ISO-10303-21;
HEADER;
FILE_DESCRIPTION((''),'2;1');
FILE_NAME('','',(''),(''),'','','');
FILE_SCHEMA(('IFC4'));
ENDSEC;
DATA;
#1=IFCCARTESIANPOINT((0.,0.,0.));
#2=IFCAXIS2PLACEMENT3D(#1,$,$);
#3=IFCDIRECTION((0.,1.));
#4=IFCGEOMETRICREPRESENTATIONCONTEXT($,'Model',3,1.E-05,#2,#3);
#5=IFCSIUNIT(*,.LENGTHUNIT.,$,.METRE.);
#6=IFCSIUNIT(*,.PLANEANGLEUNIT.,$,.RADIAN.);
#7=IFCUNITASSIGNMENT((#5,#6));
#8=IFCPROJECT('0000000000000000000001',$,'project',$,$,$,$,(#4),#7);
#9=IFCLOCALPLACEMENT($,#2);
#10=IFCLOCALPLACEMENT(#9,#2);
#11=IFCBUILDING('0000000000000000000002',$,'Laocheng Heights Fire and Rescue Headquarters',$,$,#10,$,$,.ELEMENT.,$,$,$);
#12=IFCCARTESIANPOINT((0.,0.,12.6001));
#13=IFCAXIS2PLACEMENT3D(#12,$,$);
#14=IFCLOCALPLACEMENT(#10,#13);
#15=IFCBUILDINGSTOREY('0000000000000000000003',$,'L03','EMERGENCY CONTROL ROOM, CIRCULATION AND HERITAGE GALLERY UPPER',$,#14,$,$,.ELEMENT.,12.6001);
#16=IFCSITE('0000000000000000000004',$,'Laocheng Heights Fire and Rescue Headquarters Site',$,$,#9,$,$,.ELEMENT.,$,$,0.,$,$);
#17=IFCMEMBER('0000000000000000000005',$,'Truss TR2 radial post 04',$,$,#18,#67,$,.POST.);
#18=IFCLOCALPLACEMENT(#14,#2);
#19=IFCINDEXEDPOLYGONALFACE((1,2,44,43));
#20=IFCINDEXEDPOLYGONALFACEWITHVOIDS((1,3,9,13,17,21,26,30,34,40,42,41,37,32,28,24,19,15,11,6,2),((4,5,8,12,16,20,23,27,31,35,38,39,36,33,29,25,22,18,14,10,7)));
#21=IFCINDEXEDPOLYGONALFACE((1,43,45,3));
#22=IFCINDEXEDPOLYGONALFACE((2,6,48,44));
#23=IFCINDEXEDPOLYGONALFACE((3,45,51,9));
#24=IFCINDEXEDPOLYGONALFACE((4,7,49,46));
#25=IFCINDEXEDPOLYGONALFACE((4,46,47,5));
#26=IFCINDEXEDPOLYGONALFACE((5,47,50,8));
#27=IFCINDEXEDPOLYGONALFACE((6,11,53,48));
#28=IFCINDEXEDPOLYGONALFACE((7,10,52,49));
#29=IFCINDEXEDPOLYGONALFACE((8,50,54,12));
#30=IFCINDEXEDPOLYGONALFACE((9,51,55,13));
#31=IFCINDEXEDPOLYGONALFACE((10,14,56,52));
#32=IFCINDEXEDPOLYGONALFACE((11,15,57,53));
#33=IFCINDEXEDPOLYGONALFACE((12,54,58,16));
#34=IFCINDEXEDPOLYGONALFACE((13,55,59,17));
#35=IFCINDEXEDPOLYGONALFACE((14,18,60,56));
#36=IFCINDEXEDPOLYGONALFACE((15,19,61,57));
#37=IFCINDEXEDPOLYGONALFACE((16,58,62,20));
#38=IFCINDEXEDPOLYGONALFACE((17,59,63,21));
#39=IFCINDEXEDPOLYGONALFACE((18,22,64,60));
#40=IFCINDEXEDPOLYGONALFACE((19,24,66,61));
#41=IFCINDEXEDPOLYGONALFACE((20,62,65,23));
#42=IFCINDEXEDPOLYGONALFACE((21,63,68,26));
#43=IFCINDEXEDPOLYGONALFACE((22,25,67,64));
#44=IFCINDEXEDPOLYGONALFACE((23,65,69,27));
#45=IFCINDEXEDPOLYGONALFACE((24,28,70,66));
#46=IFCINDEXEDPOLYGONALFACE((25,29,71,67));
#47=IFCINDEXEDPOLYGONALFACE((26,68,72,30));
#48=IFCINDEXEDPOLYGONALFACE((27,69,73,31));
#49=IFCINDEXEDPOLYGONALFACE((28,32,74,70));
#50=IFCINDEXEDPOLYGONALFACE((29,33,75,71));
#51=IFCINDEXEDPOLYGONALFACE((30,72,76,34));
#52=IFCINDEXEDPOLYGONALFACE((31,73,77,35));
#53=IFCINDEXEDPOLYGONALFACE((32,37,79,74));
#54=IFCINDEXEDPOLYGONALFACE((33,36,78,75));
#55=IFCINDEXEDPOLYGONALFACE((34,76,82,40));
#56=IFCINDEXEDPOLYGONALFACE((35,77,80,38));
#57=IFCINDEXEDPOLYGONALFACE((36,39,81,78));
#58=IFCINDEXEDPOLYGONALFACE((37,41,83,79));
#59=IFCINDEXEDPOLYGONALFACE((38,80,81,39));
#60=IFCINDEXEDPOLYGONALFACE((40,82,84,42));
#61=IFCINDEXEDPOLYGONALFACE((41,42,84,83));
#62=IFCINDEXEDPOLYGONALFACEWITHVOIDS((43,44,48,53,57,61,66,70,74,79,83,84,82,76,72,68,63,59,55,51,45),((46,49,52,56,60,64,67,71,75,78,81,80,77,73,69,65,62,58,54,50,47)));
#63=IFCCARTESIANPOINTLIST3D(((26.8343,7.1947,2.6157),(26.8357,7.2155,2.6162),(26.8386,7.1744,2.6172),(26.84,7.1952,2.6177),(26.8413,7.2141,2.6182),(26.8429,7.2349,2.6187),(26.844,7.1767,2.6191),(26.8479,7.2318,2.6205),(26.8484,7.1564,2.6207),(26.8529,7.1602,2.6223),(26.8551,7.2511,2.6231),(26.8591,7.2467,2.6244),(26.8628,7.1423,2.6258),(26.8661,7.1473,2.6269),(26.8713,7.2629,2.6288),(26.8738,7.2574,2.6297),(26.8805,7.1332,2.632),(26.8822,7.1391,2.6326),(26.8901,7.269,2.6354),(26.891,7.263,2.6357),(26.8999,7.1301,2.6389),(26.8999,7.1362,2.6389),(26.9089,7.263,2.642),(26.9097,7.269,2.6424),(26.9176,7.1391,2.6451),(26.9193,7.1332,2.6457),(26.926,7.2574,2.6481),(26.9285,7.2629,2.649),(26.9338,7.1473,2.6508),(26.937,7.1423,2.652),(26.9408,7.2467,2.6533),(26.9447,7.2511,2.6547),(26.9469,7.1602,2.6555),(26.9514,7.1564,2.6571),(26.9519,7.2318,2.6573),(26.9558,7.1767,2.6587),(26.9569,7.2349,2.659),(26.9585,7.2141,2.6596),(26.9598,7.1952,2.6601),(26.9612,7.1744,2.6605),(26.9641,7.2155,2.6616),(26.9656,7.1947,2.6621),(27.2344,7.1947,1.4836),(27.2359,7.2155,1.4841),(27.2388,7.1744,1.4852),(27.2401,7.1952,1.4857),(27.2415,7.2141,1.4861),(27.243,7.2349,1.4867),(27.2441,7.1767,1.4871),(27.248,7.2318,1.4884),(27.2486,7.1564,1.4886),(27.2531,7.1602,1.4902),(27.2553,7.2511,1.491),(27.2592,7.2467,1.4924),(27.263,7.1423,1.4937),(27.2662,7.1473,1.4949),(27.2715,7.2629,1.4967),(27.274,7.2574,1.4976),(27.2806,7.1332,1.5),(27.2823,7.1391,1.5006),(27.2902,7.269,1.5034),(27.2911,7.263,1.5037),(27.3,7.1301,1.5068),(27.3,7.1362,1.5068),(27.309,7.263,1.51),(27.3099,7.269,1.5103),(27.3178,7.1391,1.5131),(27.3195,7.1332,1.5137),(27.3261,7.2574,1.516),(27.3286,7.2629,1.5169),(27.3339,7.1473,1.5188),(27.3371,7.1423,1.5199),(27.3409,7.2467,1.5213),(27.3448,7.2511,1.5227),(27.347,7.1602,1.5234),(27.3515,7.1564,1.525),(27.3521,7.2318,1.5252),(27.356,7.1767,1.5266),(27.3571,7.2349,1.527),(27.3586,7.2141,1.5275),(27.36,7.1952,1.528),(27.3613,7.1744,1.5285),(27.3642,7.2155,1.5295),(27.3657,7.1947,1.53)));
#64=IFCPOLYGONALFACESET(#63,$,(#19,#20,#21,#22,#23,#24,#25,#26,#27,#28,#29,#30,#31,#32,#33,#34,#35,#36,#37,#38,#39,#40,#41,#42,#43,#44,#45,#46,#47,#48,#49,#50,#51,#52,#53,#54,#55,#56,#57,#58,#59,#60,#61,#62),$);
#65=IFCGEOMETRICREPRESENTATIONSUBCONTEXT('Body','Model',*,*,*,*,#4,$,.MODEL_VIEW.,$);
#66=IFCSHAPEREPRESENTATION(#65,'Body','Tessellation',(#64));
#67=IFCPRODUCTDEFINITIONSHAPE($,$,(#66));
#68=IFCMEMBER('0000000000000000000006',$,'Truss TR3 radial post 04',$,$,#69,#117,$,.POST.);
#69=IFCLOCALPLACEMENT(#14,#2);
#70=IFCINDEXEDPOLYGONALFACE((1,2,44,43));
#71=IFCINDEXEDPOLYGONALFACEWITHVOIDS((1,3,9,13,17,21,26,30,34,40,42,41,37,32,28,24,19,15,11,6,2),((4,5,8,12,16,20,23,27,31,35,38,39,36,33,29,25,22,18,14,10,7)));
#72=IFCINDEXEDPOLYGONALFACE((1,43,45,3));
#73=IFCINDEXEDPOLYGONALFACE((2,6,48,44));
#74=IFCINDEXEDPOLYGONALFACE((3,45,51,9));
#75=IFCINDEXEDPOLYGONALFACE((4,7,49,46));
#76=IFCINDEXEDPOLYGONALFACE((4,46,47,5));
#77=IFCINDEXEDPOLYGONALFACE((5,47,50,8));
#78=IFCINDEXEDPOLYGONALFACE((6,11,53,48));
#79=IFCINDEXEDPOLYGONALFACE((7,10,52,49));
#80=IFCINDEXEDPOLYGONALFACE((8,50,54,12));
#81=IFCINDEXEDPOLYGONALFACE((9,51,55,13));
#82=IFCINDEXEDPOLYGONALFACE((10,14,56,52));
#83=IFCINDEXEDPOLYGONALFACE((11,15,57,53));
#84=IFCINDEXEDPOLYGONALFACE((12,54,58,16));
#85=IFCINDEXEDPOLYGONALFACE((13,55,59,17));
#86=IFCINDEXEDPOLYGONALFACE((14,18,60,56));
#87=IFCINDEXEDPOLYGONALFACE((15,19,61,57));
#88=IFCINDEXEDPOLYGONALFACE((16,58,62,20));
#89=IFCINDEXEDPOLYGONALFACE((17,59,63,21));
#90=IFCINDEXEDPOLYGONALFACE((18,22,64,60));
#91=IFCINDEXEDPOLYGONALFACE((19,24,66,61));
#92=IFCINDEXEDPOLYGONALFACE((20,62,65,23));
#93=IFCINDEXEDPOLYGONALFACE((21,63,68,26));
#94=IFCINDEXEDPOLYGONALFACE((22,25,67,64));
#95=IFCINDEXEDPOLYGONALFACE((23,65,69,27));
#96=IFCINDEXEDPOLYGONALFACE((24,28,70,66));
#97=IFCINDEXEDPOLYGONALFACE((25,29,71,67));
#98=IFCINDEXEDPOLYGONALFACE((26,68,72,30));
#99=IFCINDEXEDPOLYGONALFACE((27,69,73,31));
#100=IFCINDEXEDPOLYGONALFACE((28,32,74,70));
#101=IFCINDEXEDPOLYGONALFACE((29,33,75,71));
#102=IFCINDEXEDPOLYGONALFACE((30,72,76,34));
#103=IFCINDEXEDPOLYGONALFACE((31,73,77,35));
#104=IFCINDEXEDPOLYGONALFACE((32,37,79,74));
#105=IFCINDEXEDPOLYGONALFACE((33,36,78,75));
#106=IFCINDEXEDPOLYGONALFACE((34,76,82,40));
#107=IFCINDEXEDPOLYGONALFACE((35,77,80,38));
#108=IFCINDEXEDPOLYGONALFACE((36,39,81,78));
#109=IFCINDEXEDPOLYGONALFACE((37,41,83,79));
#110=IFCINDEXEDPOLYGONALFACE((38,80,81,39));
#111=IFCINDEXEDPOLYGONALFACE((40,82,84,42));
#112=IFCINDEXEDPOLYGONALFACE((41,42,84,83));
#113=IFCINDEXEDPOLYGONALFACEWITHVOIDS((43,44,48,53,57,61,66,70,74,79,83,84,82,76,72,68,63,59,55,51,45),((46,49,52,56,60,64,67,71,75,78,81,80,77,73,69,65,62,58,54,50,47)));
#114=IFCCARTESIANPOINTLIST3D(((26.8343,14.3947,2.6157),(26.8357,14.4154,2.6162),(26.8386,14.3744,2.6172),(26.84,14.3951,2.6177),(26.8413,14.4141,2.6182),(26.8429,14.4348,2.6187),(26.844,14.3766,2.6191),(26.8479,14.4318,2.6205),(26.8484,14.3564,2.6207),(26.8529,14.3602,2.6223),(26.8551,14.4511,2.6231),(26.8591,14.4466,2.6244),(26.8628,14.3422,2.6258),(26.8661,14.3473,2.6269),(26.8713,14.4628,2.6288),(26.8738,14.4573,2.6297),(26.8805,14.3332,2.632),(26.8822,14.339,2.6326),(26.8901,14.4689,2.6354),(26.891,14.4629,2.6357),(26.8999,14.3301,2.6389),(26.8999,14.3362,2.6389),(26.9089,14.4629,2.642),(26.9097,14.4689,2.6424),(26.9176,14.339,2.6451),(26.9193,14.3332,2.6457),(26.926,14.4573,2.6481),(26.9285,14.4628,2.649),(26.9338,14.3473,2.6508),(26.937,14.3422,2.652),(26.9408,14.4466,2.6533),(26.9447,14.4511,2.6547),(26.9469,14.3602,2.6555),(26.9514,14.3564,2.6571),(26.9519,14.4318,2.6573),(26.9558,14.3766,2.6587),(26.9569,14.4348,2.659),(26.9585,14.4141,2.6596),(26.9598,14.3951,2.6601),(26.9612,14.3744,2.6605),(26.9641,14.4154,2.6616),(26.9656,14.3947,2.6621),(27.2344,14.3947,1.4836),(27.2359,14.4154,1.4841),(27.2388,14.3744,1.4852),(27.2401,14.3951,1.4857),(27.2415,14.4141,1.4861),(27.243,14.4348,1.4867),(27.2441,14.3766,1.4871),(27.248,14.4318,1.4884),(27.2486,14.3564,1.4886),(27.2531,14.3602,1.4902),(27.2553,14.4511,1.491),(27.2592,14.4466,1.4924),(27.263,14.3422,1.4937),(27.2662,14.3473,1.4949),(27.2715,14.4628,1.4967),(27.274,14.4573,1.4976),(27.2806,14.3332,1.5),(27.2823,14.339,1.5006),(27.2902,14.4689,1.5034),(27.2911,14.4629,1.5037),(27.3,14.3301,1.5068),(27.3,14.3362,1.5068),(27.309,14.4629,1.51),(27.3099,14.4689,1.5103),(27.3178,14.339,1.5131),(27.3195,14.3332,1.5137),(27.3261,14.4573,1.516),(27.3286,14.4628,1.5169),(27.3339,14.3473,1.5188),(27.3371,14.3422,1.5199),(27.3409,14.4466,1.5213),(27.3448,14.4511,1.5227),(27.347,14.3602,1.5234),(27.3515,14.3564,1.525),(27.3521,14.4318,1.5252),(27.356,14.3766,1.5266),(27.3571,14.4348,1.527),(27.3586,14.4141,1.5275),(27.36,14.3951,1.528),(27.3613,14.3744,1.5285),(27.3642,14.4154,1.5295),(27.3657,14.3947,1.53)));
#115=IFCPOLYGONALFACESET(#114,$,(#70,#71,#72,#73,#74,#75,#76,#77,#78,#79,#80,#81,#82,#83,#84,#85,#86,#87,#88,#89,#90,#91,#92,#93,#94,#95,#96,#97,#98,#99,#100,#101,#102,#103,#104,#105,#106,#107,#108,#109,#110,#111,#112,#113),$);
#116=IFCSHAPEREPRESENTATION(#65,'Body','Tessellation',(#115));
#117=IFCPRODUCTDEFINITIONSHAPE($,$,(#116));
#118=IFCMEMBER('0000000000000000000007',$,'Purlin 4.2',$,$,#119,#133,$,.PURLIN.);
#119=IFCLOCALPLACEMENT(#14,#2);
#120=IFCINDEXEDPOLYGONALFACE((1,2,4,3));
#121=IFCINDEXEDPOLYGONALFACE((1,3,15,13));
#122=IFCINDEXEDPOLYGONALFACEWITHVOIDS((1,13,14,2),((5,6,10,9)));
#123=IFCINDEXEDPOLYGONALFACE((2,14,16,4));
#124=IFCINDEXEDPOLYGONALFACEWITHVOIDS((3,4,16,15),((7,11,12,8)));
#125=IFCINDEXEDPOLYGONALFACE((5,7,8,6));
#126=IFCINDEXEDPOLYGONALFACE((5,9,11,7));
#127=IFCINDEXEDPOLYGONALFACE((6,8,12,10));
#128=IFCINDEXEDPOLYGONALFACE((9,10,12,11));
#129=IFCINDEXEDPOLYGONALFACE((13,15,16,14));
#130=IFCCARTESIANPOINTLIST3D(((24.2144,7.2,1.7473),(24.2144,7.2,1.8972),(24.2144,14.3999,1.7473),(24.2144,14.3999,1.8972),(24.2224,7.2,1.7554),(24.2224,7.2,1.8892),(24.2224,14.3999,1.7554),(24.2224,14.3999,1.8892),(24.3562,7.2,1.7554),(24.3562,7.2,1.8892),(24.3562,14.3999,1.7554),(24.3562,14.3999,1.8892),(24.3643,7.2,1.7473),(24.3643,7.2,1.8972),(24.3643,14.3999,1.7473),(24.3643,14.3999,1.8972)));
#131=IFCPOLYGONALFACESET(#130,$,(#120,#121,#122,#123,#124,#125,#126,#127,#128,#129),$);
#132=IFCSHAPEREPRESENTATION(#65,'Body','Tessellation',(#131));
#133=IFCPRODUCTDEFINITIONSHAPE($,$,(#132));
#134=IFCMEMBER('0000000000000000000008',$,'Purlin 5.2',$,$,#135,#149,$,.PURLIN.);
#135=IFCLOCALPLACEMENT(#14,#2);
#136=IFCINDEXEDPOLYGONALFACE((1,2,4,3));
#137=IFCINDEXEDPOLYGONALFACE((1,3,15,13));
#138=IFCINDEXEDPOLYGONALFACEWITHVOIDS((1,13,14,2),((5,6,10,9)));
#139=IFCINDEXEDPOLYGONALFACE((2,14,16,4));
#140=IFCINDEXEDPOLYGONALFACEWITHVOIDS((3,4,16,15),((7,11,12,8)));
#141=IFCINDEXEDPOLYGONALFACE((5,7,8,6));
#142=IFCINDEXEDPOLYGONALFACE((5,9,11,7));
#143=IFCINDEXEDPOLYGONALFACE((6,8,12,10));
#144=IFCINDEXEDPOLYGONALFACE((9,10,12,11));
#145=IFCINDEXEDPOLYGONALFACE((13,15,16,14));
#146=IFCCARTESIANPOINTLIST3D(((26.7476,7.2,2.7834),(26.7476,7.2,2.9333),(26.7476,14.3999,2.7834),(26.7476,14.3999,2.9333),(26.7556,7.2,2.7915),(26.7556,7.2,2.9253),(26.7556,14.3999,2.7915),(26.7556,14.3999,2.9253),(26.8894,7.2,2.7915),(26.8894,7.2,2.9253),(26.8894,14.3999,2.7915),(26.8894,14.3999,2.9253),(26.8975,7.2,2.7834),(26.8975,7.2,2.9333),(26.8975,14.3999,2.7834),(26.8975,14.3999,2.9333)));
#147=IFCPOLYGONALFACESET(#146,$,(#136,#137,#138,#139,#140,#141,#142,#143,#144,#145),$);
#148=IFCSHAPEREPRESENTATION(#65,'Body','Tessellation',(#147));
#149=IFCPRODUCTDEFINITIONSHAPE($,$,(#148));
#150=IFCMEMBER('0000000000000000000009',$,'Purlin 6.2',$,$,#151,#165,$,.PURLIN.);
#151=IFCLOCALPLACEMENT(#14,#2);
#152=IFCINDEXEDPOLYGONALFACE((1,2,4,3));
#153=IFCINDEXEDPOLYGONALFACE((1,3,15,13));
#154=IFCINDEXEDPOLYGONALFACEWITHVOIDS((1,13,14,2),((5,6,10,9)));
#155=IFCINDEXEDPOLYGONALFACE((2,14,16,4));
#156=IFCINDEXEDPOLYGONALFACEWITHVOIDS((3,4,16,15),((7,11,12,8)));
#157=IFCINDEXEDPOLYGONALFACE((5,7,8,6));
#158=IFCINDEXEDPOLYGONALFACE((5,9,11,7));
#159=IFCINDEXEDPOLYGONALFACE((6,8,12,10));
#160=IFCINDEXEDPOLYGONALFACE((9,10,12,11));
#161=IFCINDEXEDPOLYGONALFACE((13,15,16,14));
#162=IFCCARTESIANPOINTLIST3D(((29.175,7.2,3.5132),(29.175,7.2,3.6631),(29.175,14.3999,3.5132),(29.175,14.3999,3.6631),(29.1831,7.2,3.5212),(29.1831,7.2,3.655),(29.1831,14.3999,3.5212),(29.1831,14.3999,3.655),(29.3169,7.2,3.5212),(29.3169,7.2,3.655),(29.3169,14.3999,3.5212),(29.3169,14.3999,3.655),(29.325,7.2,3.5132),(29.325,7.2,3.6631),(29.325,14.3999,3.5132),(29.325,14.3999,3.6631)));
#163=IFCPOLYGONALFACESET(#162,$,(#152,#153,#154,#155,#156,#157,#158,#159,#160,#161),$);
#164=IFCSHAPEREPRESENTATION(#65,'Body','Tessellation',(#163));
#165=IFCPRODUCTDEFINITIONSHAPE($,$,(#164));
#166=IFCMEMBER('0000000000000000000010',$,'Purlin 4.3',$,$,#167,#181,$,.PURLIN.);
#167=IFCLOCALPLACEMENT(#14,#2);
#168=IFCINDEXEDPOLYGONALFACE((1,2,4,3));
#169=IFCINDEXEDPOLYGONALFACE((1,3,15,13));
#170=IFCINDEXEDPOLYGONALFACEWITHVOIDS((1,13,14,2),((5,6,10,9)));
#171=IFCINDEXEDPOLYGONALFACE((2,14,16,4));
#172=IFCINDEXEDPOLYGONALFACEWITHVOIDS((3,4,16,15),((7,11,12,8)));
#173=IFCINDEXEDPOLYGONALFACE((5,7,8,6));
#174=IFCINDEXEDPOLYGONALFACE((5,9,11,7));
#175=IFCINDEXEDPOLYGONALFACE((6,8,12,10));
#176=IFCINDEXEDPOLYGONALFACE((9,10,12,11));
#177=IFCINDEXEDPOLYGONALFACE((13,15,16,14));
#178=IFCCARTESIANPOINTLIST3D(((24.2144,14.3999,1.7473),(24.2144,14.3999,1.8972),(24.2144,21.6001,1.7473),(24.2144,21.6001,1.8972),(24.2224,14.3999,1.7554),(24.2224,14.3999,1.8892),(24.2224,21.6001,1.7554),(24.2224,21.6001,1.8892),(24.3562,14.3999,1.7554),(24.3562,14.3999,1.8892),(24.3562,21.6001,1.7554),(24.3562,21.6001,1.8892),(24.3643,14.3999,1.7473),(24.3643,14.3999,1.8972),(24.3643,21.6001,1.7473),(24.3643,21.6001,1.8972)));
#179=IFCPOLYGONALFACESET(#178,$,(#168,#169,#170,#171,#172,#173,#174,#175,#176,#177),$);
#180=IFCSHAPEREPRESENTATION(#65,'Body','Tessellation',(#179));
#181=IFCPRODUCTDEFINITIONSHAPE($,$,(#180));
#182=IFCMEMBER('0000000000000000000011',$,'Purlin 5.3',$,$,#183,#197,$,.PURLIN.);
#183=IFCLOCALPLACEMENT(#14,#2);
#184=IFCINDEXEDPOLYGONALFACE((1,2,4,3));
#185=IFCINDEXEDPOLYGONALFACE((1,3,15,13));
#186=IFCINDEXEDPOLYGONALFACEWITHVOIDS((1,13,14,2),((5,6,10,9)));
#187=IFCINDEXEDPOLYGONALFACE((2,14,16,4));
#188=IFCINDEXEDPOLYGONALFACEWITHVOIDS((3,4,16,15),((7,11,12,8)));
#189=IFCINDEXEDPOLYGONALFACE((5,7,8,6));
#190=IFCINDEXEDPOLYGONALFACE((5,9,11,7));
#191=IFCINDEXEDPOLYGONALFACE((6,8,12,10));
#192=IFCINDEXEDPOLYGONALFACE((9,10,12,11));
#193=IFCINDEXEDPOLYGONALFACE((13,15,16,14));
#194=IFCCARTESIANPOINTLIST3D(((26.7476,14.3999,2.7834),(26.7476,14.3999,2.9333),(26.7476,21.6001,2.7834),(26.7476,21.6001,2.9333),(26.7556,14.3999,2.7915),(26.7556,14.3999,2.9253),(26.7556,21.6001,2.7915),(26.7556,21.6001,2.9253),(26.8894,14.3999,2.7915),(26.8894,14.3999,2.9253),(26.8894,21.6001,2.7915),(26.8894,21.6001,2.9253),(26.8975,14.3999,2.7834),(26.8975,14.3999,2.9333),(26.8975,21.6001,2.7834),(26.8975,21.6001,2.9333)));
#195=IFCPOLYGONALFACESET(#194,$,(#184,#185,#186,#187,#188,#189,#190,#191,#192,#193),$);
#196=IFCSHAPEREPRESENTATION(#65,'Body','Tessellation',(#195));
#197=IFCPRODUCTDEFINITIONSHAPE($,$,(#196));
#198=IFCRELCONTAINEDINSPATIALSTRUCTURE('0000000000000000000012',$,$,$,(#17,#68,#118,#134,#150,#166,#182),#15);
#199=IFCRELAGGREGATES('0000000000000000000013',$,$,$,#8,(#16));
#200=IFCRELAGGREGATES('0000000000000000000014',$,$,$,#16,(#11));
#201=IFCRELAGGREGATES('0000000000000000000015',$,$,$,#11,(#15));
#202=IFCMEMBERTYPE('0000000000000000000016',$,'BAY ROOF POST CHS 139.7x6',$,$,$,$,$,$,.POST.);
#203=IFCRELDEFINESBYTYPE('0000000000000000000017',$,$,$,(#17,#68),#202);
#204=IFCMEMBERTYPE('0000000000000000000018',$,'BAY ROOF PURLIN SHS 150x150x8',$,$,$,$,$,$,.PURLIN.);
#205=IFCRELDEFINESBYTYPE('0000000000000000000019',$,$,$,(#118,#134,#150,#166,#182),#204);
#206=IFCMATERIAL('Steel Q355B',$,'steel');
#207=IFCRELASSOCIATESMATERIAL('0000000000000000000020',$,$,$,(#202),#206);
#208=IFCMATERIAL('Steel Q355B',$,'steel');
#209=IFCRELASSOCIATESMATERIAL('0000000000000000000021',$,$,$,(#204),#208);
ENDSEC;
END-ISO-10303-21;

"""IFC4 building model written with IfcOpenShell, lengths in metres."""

from ifc_helpers import new_model, si_unit, direction, frame, origin, origin_2d, place, context, subcontext, project, spatial, hollow_rectangle, hollow_circle, extrude, material, material_profile, profile_set, type_object, element, save


model = new_model("IFC4")

# Units and contexts
model_context = context("Model", 3, precision=1e-05, world=origin(), true_north=direction((0.0, 1.0)))
body_context = subcontext(model_context, "Body", "Model", "MODEL_VIEW")
ifc_project = project(units=[si_unit("LENGTHUNIT", "METRE"), si_unit("PLANEANGLEUNIT", "RADIAN")], contexts=[model_context])

# Site, building, storey
site_placement = place(None, origin())
site = spatial("IfcSite", under=ifc_project, at=site_placement, Name="Laocheng Heights Fire and Rescue Headquarters Site", CompositionType="ELEMENT", RefElevation=0.0)
building_placement = place(site_placement, origin())
building = spatial("IfcBuilding", under=site, at=building_placement, Name="Laocheng Heights Fire and Rescue Headquarters", CompositionType="ELEMENT")
storey_placement = place(building_placement, frame((0.0, 0.0, 12.6001)))
storey = spatial("IfcBuildingStorey", under=building, at=storey_placement, Name="L03", Description="EMERGENCY CONTROL ROOM, CIRCULATION AND HERITAGE GALLERY UPPER", CompositionType="ELEMENT", Elevation=12.6001)

# Members
ifc_material_1 = material(Name="Steel Q355B", Category="steel")
ifc_material_profile_1 = material_profile(ifc_material_1, hollow_circle(Radius=0.0698, WallThickness=0.0061, at=origin_2d()), Name="CHS 139.7x6")
ifc_profile_set_1 = profile_set([ifc_material_profile_1], Name="Steel Q355B")
member_type_1 = type_object("IfcMemberType", Name="BAY ROOF POST CHS 139.7x6", PredefinedType="POST", material=ifc_profile_set_1)
for number, where, z_axis, x_axis, name in (
    (1, (27.3, 7.2, 1.5068), (-0.333256, 0.0, 0.942836), (0.0, -1.0, 0.0), "Truss TR2 radial post 04"),
    (2, (27.3, 14.3999, 1.5068), (-0.333256, 0.0, 0.942836), (0.0, -1.0, 0.0), "Truss TR3 radial post 04"),
):
    element("IfcMember", number, at=place(storey_placement, frame(where, z_axis=z_axis, x_axis=x_axis)), inside=storey, type_object=member_type_1, Name=name, PredefinedType="POST", context=body_context, shape_type="SweptSolid", body=[
        extrude(hollow_circle(Radius=0.0698, WallThickness=0.0061, at=origin_2d()), origin(), (0.0, 0.0, 1.0), 1.2007),
    ])
ifc_material_2 = material(Name="Steel Q355B", Category="steel")
ifc_material_profile_2 = material_profile(ifc_material_2, hollow_rectangle(XDim=0.1499, YDim=0.1499, WallThickness=0.0081, at=origin_2d()), Name="SHS 150x150x8")
ifc_profile_set_2 = profile_set([ifc_material_profile_2], Name="Steel Q355B")
member_type_2 = type_object("IfcMemberType", Name="BAY ROOF PURLIN SHS 150x150x8", PredefinedType="PURLIN", material=ifc_profile_set_2)
for number, where, z_axis, x_axis, name in (
    (3, (24.2893, 7.2, 1.8223), (0.0, 1.0, 0.0), (-1.0, 0.0, 0.0), "Purlin 4.2"),
    (4, (26.8225, 7.2, 2.8584), (0.0, 1.0, 0.0), (-1.0, 0.0, 0.0), "Purlin 5.2"),
    (5, (29.25, 7.2, 3.5881), (0.0, 1.0, 0.0), (-1.0, 0.0, 0.0), "Purlin 6.2"),
):
    element("IfcMember", number, at=place(storey_placement, frame(where, z_axis=z_axis, x_axis=x_axis)), inside=storey, type_object=member_type_2, Name=name, PredefinedType="PURLIN", context=body_context, shape_type="SweptSolid", body=[
        extrude(hollow_rectangle(XDim=0.1499, YDim=0.1499, WallThickness=0.0081, at=origin_2d()), origin(), (0.0, 0.0, 1.0), 7.2),
    ])
for number, where, z_axis, x_axis, name in (
    (6, (24.2893, 14.3999, 1.8223), (0.0, 1.0, 0.0), (-1.0, 0.0, 0.0), "Purlin 4.3"),
    (7, (26.8225, 14.3999, 2.8584), (0.0, 1.0, 0.0), (-1.0, 0.0, 0.0), "Purlin 5.3"),
):
    element("IfcMember", number, at=place(storey_placement, frame(where, z_axis=z_axis, x_axis=x_axis)), inside=storey, type_object=member_type_2, Name=name, PredefinedType="PURLIN", context=body_context, shape_type="SweptSolid", body=[
        extrude(hollow_rectangle(XDim=0.1499, YDim=0.1499, WallThickness=0.0081, at=origin_2d()), origin(), (0.0, 0.0, 1.0), 7.2002),
    ])

save(model, "model.ifc")
